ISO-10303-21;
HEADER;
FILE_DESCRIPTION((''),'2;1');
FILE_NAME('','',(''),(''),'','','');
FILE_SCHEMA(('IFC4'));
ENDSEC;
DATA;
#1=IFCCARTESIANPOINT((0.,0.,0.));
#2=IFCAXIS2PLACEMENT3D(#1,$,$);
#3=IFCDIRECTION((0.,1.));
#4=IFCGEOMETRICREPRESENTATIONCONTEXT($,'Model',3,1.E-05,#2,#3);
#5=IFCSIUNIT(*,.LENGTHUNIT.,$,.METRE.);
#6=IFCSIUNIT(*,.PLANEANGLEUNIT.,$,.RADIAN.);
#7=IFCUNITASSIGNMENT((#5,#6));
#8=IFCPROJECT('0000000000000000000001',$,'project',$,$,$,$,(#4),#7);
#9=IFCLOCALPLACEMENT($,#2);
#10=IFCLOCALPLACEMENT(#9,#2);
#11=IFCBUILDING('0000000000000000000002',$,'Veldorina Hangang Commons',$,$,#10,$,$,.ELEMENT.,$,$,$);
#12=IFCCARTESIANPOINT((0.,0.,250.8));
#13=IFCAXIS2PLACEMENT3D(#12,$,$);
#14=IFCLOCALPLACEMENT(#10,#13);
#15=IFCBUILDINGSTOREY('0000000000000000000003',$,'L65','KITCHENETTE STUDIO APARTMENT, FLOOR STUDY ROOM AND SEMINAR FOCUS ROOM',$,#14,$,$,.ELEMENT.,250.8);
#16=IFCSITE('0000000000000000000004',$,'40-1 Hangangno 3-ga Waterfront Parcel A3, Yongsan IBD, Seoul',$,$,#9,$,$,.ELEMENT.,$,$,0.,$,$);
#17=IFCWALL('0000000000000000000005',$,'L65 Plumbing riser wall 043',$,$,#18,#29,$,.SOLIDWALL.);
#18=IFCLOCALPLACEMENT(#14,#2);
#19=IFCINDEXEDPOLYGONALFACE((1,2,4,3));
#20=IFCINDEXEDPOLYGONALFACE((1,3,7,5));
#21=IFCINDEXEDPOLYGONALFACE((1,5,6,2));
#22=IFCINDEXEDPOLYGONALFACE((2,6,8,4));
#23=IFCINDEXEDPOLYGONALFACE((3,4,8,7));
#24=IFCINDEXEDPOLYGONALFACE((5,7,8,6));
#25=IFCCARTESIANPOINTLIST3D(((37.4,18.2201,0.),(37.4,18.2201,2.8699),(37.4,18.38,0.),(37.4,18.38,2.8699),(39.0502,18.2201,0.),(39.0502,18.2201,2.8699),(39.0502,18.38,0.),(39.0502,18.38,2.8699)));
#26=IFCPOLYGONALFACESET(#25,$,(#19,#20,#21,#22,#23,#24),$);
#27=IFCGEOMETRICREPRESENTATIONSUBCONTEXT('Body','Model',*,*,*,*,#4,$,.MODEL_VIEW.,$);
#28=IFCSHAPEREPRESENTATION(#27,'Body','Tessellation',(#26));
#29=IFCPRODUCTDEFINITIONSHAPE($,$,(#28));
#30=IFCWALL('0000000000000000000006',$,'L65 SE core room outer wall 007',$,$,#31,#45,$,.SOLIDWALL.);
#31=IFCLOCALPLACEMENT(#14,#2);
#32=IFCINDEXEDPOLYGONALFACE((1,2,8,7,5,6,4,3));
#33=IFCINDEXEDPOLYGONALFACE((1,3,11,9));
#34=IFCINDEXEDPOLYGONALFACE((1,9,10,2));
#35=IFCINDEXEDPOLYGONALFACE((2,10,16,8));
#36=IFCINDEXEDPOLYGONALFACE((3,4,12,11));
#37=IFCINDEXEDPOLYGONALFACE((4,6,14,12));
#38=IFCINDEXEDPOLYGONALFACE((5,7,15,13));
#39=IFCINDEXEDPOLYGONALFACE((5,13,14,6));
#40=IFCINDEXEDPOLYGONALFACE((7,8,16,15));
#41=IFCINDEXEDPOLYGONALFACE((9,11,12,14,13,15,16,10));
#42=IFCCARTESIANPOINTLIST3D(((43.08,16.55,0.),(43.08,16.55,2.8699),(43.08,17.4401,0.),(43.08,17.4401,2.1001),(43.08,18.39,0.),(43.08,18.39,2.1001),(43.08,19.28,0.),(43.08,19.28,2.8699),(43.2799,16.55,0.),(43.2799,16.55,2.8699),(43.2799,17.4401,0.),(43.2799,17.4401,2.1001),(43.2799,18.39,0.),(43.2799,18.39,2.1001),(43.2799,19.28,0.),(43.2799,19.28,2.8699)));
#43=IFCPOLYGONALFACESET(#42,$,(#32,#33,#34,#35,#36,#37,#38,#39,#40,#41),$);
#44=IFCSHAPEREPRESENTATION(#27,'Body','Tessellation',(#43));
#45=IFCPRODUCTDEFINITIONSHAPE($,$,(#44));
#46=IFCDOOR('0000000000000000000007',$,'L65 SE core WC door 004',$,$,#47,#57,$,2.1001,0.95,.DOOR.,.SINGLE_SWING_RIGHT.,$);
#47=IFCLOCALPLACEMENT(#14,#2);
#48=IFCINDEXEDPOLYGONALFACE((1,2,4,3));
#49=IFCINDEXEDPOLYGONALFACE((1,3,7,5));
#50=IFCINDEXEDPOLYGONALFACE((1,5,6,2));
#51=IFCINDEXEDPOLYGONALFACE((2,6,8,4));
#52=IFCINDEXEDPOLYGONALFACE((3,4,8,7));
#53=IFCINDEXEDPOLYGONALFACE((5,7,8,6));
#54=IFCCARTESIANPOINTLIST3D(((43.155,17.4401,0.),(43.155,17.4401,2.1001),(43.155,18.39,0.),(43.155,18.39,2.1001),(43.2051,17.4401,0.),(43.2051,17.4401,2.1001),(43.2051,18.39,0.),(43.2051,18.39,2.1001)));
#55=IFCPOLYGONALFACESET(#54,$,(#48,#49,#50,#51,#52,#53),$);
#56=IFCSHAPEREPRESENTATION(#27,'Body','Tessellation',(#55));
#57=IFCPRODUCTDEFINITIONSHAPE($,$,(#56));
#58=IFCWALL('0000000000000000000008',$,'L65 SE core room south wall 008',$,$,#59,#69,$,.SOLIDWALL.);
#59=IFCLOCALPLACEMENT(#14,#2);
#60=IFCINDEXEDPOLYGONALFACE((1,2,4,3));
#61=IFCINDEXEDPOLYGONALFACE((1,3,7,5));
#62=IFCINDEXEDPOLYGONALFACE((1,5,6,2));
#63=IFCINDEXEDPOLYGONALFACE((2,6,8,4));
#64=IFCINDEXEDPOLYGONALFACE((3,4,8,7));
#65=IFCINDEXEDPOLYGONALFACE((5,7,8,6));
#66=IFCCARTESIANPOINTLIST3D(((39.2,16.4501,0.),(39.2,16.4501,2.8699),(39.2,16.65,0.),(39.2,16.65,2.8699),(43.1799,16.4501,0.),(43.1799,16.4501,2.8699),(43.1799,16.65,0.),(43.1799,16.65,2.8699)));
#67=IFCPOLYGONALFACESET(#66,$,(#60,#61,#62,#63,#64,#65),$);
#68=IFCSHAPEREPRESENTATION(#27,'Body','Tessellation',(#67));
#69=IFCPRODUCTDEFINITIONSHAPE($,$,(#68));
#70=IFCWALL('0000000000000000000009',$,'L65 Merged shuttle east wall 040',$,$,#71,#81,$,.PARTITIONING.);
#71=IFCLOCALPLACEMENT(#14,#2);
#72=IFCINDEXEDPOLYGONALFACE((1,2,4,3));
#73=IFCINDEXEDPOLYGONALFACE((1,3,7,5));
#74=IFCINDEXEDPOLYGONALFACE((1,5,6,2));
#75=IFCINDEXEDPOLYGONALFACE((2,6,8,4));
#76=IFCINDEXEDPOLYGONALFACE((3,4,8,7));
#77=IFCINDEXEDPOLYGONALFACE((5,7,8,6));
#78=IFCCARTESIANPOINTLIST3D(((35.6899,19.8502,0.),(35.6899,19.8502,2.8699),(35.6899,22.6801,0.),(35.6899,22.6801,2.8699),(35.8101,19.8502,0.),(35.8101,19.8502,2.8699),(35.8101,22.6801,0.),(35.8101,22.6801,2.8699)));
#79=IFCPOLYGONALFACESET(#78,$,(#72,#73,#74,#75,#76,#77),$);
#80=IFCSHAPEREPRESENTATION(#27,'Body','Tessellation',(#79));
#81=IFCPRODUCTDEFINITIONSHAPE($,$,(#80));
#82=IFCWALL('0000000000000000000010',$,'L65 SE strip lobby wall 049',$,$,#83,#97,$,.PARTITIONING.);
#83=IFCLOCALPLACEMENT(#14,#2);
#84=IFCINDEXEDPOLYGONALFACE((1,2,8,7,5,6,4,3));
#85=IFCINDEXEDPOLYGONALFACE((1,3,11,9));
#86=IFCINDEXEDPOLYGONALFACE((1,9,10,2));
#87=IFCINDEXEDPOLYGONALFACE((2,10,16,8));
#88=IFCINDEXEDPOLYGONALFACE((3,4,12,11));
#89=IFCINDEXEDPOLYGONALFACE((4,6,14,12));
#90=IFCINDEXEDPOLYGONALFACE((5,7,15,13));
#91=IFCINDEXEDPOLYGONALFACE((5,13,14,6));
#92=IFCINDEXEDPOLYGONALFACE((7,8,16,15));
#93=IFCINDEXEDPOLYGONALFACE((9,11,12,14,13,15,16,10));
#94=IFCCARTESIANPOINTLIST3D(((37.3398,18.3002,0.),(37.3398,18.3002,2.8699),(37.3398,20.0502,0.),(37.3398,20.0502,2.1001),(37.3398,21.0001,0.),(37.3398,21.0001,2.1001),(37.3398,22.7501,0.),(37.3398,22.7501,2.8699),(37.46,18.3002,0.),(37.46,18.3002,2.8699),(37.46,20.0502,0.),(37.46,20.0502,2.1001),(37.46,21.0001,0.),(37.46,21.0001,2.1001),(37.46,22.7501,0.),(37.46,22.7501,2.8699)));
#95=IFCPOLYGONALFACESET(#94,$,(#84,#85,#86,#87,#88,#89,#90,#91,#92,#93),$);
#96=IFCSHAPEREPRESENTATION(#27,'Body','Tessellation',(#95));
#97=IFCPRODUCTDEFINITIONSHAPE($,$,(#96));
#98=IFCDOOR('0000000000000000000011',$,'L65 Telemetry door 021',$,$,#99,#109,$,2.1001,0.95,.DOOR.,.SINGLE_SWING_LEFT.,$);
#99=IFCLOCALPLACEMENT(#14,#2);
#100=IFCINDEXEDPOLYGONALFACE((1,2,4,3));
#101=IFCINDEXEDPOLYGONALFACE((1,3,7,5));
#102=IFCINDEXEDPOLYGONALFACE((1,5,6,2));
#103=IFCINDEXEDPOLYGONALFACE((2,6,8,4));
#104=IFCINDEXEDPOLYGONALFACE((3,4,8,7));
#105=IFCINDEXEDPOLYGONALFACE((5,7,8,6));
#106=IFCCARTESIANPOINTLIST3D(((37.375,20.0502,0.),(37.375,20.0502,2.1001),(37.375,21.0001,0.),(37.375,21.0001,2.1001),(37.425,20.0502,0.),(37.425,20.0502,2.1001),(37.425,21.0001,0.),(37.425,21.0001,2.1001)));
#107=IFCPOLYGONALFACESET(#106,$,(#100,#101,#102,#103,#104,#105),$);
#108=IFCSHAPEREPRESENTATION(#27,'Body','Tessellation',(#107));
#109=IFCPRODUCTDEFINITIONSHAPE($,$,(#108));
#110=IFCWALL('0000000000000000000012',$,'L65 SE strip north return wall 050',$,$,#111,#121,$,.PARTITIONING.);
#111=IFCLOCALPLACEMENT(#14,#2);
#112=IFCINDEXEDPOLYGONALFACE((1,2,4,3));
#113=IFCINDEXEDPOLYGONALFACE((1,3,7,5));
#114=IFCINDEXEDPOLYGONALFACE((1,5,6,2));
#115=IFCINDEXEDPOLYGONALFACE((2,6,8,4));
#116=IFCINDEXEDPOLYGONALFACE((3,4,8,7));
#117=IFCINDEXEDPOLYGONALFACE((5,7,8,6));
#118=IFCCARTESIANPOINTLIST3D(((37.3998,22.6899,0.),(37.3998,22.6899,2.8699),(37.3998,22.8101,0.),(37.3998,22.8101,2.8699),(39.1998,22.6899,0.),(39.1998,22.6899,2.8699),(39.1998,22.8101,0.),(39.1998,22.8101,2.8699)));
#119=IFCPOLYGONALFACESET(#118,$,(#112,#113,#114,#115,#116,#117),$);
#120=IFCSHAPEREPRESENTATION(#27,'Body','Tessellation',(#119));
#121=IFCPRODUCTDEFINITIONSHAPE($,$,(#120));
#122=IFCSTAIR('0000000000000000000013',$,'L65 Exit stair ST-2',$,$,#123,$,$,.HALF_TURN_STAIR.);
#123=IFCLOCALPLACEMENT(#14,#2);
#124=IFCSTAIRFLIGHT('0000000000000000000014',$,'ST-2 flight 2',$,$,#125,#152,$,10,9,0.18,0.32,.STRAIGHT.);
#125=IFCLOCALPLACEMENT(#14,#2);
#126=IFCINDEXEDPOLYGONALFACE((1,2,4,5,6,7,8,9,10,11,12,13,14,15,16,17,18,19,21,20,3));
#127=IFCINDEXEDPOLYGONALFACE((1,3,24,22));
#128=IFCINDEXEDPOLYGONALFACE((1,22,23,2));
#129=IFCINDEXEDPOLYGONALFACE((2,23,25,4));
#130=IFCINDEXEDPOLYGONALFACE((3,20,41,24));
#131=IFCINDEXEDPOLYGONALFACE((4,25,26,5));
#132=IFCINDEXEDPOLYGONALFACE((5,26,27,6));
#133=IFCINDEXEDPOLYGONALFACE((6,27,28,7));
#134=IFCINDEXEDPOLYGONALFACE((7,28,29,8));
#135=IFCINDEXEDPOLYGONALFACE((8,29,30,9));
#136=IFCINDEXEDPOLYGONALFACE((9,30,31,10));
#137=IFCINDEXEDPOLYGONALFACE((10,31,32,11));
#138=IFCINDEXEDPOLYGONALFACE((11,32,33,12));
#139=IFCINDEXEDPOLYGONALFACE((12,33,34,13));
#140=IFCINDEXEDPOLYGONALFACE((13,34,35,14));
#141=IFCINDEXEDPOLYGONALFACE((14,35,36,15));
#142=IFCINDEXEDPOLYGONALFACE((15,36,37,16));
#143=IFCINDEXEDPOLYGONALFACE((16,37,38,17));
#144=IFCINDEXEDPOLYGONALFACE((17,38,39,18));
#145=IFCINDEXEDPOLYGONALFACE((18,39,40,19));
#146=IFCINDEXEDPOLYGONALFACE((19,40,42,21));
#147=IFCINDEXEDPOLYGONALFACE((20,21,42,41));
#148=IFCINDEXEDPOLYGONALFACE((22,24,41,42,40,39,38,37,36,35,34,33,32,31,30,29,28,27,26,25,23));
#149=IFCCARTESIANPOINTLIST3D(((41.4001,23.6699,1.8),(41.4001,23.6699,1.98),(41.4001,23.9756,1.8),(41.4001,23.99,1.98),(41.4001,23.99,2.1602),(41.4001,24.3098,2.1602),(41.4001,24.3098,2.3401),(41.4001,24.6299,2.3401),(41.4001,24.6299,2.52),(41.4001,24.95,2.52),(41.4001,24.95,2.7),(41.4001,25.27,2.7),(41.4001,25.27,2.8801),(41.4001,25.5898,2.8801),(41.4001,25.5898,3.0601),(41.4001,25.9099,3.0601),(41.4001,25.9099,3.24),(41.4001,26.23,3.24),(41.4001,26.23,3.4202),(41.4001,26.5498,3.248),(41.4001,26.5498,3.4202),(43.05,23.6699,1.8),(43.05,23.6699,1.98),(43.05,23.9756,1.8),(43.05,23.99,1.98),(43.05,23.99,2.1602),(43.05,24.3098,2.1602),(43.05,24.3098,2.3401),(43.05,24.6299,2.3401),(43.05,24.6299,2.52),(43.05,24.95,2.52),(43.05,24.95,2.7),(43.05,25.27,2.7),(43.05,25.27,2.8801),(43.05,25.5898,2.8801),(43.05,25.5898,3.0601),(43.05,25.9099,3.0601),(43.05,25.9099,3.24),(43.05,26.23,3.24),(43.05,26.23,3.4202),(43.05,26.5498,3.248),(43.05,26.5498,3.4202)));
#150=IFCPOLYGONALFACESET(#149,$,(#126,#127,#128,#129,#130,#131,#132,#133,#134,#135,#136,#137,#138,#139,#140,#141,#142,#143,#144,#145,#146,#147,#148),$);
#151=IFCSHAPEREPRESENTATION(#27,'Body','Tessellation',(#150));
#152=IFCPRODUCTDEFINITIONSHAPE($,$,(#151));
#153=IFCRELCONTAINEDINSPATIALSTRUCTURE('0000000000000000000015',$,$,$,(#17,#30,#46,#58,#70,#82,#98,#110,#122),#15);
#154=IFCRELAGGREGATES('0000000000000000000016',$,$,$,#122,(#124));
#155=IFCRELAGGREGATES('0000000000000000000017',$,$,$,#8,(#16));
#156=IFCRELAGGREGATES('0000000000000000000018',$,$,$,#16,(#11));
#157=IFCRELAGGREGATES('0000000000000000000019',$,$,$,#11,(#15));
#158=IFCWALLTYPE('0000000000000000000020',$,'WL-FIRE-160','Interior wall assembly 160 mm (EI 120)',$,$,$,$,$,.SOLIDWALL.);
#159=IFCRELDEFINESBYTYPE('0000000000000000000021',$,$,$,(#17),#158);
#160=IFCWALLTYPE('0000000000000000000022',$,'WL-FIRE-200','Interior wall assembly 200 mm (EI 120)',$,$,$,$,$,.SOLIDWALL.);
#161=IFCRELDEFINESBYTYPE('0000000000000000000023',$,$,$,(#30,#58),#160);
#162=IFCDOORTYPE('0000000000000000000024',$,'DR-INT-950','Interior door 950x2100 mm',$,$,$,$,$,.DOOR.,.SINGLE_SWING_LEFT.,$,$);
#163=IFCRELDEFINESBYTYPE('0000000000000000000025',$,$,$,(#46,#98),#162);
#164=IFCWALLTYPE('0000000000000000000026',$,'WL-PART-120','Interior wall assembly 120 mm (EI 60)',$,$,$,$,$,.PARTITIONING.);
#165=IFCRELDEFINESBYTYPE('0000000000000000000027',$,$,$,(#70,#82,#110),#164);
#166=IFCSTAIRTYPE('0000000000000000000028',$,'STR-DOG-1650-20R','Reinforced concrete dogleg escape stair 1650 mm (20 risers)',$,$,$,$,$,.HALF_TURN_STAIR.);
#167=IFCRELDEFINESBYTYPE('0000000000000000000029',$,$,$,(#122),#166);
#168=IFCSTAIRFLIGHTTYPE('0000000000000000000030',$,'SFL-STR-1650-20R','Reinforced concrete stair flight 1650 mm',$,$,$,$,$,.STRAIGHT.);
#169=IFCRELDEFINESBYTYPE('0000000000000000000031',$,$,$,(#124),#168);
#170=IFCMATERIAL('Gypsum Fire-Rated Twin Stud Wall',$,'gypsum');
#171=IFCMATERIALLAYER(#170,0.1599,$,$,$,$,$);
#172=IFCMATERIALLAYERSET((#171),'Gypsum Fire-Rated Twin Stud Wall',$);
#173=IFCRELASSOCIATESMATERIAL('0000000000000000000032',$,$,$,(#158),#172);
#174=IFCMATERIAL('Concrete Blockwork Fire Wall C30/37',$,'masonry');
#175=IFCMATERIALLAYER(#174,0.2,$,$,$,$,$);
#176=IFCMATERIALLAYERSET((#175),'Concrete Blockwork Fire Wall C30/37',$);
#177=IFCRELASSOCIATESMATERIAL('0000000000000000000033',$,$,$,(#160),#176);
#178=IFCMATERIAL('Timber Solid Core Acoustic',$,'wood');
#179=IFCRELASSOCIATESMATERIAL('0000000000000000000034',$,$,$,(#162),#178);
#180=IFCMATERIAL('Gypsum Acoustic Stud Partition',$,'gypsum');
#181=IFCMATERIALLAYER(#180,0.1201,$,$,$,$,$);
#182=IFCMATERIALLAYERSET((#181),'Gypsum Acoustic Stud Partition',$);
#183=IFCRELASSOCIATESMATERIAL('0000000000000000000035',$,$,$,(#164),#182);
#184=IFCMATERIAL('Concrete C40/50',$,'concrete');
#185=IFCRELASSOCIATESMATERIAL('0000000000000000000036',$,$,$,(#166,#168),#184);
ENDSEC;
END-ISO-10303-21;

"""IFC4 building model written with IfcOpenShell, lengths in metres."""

from ifc_helpers import new_model, si_unit, direction, frame, frame_2d, origin, place, context, subcontext, project, spatial, polyline, rectangle, outline, extrude, material, layer, layer_set, type_object, element, fill, aggregate, save


model = new_model("IFC4")

# Units and contexts
model_context = context("Model", 3, precision=1e-05, world=origin(), true_north=direction((0.0, 1.0)))
body_context = subcontext(model_context, "Body", "Model", "MODEL_VIEW")
ifc_project = project(units=[si_unit("LENGTHUNIT", "METRE"), si_unit("PLANEANGLEUNIT", "RADIAN")], contexts=[model_context])

# Site, building, storey
site_placement = place(None, origin())
site = spatial("IfcSite", under=ifc_project, at=site_placement, Name="40-1 Hangangno 3-ga Waterfront Parcel A3, Yongsan IBD, Seoul", CompositionType="ELEMENT", RefElevation=0.0)
building_placement = place(site_placement, origin())
building = spatial("IfcBuilding", under=site, at=building_placement, Name="Veldorina Hangang Commons", CompositionType="ELEMENT")
storey_placement = place(building_placement, frame((0.0, 0.0, 250.8)))
storey = spatial("IfcBuildingStorey", under=building, at=storey_placement, Name="L65", Description="KITCHENETTE STUDIO APARTMENT, FLOOR STUDY ROOM AND SEMINAR FOCUS ROOM", CompositionType="ELEMENT", Elevation=250.8)

# Wall
ifc_material_1 = material(Name="Gypsum Fire-Rated Twin Stud Wall", Category="gypsum")
ifc_layer_1 = layer(ifc_material_1, 0.1599)
ifc_layer_set_1 = layer_set([ifc_layer_1], Name="Gypsum Fire-Rated Twin Stud Wall")
wall_type_1 = type_object("IfcWallType", Name="WL-FIRE-160", Description="Interior wall assembly 160 mm (EI 120)", PredefinedType="SOLIDWALL", material=ifc_layer_set_1)
wall_1_placement = place(storey_placement, frame((37.3999, 18.3, 0.0), z_axis=(0.0, 0.0, 1.0), x_axis=(1.0, 0.0, 0.0)))
element("IfcWall", 1, at=wall_1_placement, inside=storey, type_object=wall_type_1, Name="L65 Plumbing riser wall 043", PredefinedType="SOLIDWALL", context=body_context, shape_type="SweptSolid", body=[
    extrude(rectangle(XDim=1.6501, YDim=0.1599, at=frame_2d((0.8252, 0.0))), origin(), (0.0, 0.0, 1.0), 2.8699),
])

# Wall, opening, door
ifc_material_2 = material(Name="Concrete Blockwork Fire Wall C30/37", Category="masonry")
ifc_layer_2 = layer(ifc_material_2, 0.2)
ifc_layer_set_2 = layer_set([ifc_layer_2], Name="Concrete Blockwork Fire Wall C30/37")
wall_type_2 = type_object("IfcWallType", Name="WL-FIRE-200", Description="Interior wall assembly 200 mm (EI 120)", PredefinedType="SOLIDWALL", material=ifc_layer_set_2)
wall_2_placement = place(storey_placement, frame((43.1799, 16.55, 0.0), z_axis=(0.0, 0.0, 1.0), x_axis=(0.0, 1.0, 0.0)))
wall_2 = element("IfcWall", 2, at=wall_2_placement, inside=storey, type_object=wall_type_2, Name="L65 SE core room outer wall 007", PredefinedType="SOLIDWALL", context=body_context, shape_type="SweptSolid", body=[
    extrude(rectangle(XDim=2.73, YDim=0.2, at=frame_2d((1.365, 0.0))), origin(), (0.0, 0.0, 1.0), 2.8699),
])
opening_1_placement = place(wall_2_placement, frame((0.8899, 0.0, 0.0)))
opening_1 = element("IfcOpeningElement", 3, at=opening_1_placement, cuts=wall_2, PredefinedType="OPENING", context=body_context, shape_type="SweptSolid", body=[
    extrude(rectangle(XDim=0.95, YDim=2.1001, at=frame_2d((0.4751, 1.05))), frame((0.0, 0.1099, 0.0), z_axis=(0.0, -1.0, 0.0), x_axis=(1.0, 0.0, 0.0)), (0.0, 0.0, 1.0), 0.22),
])
ifc_material_3 = material(Name="Timber Solid Core Acoustic", Category="wood")
door_type_1 = type_object("IfcDoorType", Name="DR-INT-950", Description="Interior door 950x2100 mm", OperationType="SINGLE_SWING_LEFT", PredefinedType="DOOR", material=ifc_material_3)
door_1_placement = place(opening_1_placement, origin())
door_1 = element("IfcDoor", 4, at=door_1_placement, inside=storey, type_object=door_type_1, Name="L65 SE core WC door 004", OperationType="SINGLE_SWING_RIGHT", OverallHeight=2.1001, OverallWidth=0.95, PredefinedType="DOOR", context=body_context, shape_type="SweptSolid", body=[
    extrude(rectangle(XDim=0.95, YDim=2.1001, at=frame_2d((0.4751, 1.05))), frame((0.0, 0.0249, 0.0), z_axis=(0.0, -1.0, 0.0), x_axis=(1.0, 0.0, 0.0)), (0.0, 0.0, 1.0), 0.05),
])
fill(opening_1, door_1)

# Walls
wall_3_placement = place(storey_placement, frame((39.2, 16.55, 0.0), z_axis=(0.0, 0.0, 1.0), x_axis=(1.0, 0.0, 0.0)))
element("IfcWall", 5, at=wall_3_placement, inside=storey, type_object=wall_type_2, Name="L65 SE core room south wall 008", PredefinedType="SOLIDWALL", context=body_context, shape_type="SweptSolid", body=[
    extrude(rectangle(XDim=3.98, YDim=0.2, at=frame_2d((1.99, 0.0))), origin(), (0.0, 0.0, 1.0), 2.8699),
])
ifc_material_4 = material(Name="Gypsum Acoustic Stud Partition", Category="gypsum")
ifc_layer_3 = layer(ifc_material_4, 0.1201)
ifc_layer_set_3 = layer_set([ifc_layer_3], Name="Gypsum Acoustic Stud Partition")
wall_type_3 = type_object("IfcWallType", Name="WL-PART-120", Description="Interior wall assembly 120 mm (EI 60)", PredefinedType="PARTITIONING", material=ifc_layer_set_3)
wall_4_placement = place(storey_placement, frame((35.75, 19.8501, 0.0), z_axis=(0.0, 0.0, 1.0), x_axis=(0.0, 1.0, 0.0)))
element("IfcWall", 6, at=wall_4_placement, inside=storey, type_object=wall_type_3, Name="L65 Merged shuttle east wall 040", PredefinedType="PARTITIONING", context=body_context, shape_type="SweptSolid", body=[
    extrude(rectangle(XDim=2.8298, YDim=0.1201, at=frame_2d((1.415, 0.0))), origin(), (0.0, 0.0, 1.0), 2.8699),
])

# Wall, opening, door
wall_5_placement = place(storey_placement, frame((37.3999, 18.3, 0.0), z_axis=(0.0, 0.0, 1.0), x_axis=(0.0, 1.0, 0.0)))
wall_5 = element("IfcWall", 7, at=wall_5_placement, inside=storey, type_object=wall_type_3, Name="L65 SE strip lobby wall 049", PredefinedType="PARTITIONING", context=body_context, shape_type="SweptSolid", body=[
    extrude(rectangle(XDim=4.45, YDim=0.1201, at=frame_2d((2.2251, 0.0))), origin(), (0.0, 0.0, 1.0), 2.8699),
])
opening_2_placement = place(wall_5_placement, frame((1.75, 0.0, 0.0)))
opening_2 = element("IfcOpeningElement", 8, at=opening_2_placement, cuts=wall_5, PredefinedType="OPENING", context=body_context, shape_type="SweptSolid", body=[
    extrude(rectangle(XDim=0.95, YDim=2.1001, at=frame_2d((0.4751, 1.05))), frame((0.0, 0.0701, 0.0), z_axis=(0.0, -1.0, 0.0), x_axis=(1.0, 0.0, 0.0)), (0.0, 0.0, 1.0), 0.1401),
])
door_2_placement = place(opening_2_placement, origin())
door_2 = element("IfcDoor", 9, at=door_2_placement, inside=storey, type_object=door_type_1, Name="L65 Telemetry door 021", OperationType="SINGLE_SWING_LEFT", OverallHeight=2.1001, OverallWidth=0.95, PredefinedType="DOOR", context=body_context, shape_type="SweptSolid", body=[
    extrude(rectangle(XDim=0.95, YDim=2.1001, at=frame_2d((0.4751, 1.05))), frame((0.0, 0.0249, 0.0), z_axis=(0.0, -1.0, 0.0), x_axis=(1.0, 0.0, 0.0)), (0.0, 0.0, 1.0), 0.05),
])
fill(opening_2, door_2)

# Wall
wall_6_placement = place(storey_placement, frame((37.3999, 22.75, 0.0), z_axis=(0.0, 0.0, 1.0), x_axis=(1.0, 0.0, 0.0)))
element("IfcWall", 10, at=wall_6_placement, inside=storey, type_object=wall_type_3, Name="L65 SE strip north return wall 050", PredefinedType="PARTITIONING", context=body_context, shape_type="SweptSolid", body=[
    extrude(rectangle(XDim=1.8, YDim=0.1201, at=frame_2d((0.8999, 0.0))), origin(), (0.0, 0.0, 1.0), 2.8699),
])

# Stair, stair flight
ifc_material_5 = material(Name="Concrete C40/50", Category="concrete")
stair_type = type_object("IfcStairType", Name="STR-DOG-1650-20R", Description="Reinforced concrete dogleg escape stair 1650 mm (20 risers)", PredefinedType="HALF_TURN_STAIR", material=ifc_material_5)
stair_placement = place(storey_placement, origin())
stair = element("IfcStair", 11, at=stair_placement, inside=storey, type_object=stair_type, Name="L65 Exit stair ST-2", PredefinedType="HALF_TURN_STAIR")
stair_flight_type = type_object("IfcStairFlightType", Name="SFL-STR-1650-20R", Description="Reinforced concrete stair flight 1650 mm", PredefinedType="STRAIGHT", material=ifc_material_5)
stair_flight_placement = place(storey_placement, frame((42.2251, 23.6699, 1.8), z_axis=(0.0, 0.0, 1.0), x_axis=(0.0, 1.0, 0.0)))
stair_flight = element("IfcStairFlight", 12, at=stair_flight_placement, type_object=stair_flight_type, Name="ST-2 flight 2", NumberOfRisers=10, NumberOfTreads=9, PredefinedType="STRAIGHT", RiserHeight=0.18, TreadLength=0.32, context=body_context, shape_type="SweptSolid", body=[
    extrude(outline(polyline([(0.0, 0.0), (0.0, 0.1799), (0.3201, 0.1799), (0.3201, 0.3601), (0.6399, 0.3601), (0.6399, 0.54), (0.96, 0.54), (0.96, 0.72), (1.28, 0.72), (1.28, 0.8999), (1.6001, 0.8999), (1.6001, 1.0801), (1.9199, 1.0801), (1.9199, 1.26), (2.24, 1.26), (2.24, 1.4399), (2.5601, 1.4399), (2.5601, 1.6201), (2.8799, 1.6201), (2.8799, 1.8), (2.8799, 1.448), (0.3057, 0.0), (0.0, 0.0)])), frame((0.0, 0.825, 0.0), z_axis=(0.0, -1.0, 0.0), x_axis=(1.0, 0.0, 0.0)), (0.0, 0.0, 1.0), 1.6499),
])
aggregate(stair, [stair_flight])

save(model, "model.ifc")
